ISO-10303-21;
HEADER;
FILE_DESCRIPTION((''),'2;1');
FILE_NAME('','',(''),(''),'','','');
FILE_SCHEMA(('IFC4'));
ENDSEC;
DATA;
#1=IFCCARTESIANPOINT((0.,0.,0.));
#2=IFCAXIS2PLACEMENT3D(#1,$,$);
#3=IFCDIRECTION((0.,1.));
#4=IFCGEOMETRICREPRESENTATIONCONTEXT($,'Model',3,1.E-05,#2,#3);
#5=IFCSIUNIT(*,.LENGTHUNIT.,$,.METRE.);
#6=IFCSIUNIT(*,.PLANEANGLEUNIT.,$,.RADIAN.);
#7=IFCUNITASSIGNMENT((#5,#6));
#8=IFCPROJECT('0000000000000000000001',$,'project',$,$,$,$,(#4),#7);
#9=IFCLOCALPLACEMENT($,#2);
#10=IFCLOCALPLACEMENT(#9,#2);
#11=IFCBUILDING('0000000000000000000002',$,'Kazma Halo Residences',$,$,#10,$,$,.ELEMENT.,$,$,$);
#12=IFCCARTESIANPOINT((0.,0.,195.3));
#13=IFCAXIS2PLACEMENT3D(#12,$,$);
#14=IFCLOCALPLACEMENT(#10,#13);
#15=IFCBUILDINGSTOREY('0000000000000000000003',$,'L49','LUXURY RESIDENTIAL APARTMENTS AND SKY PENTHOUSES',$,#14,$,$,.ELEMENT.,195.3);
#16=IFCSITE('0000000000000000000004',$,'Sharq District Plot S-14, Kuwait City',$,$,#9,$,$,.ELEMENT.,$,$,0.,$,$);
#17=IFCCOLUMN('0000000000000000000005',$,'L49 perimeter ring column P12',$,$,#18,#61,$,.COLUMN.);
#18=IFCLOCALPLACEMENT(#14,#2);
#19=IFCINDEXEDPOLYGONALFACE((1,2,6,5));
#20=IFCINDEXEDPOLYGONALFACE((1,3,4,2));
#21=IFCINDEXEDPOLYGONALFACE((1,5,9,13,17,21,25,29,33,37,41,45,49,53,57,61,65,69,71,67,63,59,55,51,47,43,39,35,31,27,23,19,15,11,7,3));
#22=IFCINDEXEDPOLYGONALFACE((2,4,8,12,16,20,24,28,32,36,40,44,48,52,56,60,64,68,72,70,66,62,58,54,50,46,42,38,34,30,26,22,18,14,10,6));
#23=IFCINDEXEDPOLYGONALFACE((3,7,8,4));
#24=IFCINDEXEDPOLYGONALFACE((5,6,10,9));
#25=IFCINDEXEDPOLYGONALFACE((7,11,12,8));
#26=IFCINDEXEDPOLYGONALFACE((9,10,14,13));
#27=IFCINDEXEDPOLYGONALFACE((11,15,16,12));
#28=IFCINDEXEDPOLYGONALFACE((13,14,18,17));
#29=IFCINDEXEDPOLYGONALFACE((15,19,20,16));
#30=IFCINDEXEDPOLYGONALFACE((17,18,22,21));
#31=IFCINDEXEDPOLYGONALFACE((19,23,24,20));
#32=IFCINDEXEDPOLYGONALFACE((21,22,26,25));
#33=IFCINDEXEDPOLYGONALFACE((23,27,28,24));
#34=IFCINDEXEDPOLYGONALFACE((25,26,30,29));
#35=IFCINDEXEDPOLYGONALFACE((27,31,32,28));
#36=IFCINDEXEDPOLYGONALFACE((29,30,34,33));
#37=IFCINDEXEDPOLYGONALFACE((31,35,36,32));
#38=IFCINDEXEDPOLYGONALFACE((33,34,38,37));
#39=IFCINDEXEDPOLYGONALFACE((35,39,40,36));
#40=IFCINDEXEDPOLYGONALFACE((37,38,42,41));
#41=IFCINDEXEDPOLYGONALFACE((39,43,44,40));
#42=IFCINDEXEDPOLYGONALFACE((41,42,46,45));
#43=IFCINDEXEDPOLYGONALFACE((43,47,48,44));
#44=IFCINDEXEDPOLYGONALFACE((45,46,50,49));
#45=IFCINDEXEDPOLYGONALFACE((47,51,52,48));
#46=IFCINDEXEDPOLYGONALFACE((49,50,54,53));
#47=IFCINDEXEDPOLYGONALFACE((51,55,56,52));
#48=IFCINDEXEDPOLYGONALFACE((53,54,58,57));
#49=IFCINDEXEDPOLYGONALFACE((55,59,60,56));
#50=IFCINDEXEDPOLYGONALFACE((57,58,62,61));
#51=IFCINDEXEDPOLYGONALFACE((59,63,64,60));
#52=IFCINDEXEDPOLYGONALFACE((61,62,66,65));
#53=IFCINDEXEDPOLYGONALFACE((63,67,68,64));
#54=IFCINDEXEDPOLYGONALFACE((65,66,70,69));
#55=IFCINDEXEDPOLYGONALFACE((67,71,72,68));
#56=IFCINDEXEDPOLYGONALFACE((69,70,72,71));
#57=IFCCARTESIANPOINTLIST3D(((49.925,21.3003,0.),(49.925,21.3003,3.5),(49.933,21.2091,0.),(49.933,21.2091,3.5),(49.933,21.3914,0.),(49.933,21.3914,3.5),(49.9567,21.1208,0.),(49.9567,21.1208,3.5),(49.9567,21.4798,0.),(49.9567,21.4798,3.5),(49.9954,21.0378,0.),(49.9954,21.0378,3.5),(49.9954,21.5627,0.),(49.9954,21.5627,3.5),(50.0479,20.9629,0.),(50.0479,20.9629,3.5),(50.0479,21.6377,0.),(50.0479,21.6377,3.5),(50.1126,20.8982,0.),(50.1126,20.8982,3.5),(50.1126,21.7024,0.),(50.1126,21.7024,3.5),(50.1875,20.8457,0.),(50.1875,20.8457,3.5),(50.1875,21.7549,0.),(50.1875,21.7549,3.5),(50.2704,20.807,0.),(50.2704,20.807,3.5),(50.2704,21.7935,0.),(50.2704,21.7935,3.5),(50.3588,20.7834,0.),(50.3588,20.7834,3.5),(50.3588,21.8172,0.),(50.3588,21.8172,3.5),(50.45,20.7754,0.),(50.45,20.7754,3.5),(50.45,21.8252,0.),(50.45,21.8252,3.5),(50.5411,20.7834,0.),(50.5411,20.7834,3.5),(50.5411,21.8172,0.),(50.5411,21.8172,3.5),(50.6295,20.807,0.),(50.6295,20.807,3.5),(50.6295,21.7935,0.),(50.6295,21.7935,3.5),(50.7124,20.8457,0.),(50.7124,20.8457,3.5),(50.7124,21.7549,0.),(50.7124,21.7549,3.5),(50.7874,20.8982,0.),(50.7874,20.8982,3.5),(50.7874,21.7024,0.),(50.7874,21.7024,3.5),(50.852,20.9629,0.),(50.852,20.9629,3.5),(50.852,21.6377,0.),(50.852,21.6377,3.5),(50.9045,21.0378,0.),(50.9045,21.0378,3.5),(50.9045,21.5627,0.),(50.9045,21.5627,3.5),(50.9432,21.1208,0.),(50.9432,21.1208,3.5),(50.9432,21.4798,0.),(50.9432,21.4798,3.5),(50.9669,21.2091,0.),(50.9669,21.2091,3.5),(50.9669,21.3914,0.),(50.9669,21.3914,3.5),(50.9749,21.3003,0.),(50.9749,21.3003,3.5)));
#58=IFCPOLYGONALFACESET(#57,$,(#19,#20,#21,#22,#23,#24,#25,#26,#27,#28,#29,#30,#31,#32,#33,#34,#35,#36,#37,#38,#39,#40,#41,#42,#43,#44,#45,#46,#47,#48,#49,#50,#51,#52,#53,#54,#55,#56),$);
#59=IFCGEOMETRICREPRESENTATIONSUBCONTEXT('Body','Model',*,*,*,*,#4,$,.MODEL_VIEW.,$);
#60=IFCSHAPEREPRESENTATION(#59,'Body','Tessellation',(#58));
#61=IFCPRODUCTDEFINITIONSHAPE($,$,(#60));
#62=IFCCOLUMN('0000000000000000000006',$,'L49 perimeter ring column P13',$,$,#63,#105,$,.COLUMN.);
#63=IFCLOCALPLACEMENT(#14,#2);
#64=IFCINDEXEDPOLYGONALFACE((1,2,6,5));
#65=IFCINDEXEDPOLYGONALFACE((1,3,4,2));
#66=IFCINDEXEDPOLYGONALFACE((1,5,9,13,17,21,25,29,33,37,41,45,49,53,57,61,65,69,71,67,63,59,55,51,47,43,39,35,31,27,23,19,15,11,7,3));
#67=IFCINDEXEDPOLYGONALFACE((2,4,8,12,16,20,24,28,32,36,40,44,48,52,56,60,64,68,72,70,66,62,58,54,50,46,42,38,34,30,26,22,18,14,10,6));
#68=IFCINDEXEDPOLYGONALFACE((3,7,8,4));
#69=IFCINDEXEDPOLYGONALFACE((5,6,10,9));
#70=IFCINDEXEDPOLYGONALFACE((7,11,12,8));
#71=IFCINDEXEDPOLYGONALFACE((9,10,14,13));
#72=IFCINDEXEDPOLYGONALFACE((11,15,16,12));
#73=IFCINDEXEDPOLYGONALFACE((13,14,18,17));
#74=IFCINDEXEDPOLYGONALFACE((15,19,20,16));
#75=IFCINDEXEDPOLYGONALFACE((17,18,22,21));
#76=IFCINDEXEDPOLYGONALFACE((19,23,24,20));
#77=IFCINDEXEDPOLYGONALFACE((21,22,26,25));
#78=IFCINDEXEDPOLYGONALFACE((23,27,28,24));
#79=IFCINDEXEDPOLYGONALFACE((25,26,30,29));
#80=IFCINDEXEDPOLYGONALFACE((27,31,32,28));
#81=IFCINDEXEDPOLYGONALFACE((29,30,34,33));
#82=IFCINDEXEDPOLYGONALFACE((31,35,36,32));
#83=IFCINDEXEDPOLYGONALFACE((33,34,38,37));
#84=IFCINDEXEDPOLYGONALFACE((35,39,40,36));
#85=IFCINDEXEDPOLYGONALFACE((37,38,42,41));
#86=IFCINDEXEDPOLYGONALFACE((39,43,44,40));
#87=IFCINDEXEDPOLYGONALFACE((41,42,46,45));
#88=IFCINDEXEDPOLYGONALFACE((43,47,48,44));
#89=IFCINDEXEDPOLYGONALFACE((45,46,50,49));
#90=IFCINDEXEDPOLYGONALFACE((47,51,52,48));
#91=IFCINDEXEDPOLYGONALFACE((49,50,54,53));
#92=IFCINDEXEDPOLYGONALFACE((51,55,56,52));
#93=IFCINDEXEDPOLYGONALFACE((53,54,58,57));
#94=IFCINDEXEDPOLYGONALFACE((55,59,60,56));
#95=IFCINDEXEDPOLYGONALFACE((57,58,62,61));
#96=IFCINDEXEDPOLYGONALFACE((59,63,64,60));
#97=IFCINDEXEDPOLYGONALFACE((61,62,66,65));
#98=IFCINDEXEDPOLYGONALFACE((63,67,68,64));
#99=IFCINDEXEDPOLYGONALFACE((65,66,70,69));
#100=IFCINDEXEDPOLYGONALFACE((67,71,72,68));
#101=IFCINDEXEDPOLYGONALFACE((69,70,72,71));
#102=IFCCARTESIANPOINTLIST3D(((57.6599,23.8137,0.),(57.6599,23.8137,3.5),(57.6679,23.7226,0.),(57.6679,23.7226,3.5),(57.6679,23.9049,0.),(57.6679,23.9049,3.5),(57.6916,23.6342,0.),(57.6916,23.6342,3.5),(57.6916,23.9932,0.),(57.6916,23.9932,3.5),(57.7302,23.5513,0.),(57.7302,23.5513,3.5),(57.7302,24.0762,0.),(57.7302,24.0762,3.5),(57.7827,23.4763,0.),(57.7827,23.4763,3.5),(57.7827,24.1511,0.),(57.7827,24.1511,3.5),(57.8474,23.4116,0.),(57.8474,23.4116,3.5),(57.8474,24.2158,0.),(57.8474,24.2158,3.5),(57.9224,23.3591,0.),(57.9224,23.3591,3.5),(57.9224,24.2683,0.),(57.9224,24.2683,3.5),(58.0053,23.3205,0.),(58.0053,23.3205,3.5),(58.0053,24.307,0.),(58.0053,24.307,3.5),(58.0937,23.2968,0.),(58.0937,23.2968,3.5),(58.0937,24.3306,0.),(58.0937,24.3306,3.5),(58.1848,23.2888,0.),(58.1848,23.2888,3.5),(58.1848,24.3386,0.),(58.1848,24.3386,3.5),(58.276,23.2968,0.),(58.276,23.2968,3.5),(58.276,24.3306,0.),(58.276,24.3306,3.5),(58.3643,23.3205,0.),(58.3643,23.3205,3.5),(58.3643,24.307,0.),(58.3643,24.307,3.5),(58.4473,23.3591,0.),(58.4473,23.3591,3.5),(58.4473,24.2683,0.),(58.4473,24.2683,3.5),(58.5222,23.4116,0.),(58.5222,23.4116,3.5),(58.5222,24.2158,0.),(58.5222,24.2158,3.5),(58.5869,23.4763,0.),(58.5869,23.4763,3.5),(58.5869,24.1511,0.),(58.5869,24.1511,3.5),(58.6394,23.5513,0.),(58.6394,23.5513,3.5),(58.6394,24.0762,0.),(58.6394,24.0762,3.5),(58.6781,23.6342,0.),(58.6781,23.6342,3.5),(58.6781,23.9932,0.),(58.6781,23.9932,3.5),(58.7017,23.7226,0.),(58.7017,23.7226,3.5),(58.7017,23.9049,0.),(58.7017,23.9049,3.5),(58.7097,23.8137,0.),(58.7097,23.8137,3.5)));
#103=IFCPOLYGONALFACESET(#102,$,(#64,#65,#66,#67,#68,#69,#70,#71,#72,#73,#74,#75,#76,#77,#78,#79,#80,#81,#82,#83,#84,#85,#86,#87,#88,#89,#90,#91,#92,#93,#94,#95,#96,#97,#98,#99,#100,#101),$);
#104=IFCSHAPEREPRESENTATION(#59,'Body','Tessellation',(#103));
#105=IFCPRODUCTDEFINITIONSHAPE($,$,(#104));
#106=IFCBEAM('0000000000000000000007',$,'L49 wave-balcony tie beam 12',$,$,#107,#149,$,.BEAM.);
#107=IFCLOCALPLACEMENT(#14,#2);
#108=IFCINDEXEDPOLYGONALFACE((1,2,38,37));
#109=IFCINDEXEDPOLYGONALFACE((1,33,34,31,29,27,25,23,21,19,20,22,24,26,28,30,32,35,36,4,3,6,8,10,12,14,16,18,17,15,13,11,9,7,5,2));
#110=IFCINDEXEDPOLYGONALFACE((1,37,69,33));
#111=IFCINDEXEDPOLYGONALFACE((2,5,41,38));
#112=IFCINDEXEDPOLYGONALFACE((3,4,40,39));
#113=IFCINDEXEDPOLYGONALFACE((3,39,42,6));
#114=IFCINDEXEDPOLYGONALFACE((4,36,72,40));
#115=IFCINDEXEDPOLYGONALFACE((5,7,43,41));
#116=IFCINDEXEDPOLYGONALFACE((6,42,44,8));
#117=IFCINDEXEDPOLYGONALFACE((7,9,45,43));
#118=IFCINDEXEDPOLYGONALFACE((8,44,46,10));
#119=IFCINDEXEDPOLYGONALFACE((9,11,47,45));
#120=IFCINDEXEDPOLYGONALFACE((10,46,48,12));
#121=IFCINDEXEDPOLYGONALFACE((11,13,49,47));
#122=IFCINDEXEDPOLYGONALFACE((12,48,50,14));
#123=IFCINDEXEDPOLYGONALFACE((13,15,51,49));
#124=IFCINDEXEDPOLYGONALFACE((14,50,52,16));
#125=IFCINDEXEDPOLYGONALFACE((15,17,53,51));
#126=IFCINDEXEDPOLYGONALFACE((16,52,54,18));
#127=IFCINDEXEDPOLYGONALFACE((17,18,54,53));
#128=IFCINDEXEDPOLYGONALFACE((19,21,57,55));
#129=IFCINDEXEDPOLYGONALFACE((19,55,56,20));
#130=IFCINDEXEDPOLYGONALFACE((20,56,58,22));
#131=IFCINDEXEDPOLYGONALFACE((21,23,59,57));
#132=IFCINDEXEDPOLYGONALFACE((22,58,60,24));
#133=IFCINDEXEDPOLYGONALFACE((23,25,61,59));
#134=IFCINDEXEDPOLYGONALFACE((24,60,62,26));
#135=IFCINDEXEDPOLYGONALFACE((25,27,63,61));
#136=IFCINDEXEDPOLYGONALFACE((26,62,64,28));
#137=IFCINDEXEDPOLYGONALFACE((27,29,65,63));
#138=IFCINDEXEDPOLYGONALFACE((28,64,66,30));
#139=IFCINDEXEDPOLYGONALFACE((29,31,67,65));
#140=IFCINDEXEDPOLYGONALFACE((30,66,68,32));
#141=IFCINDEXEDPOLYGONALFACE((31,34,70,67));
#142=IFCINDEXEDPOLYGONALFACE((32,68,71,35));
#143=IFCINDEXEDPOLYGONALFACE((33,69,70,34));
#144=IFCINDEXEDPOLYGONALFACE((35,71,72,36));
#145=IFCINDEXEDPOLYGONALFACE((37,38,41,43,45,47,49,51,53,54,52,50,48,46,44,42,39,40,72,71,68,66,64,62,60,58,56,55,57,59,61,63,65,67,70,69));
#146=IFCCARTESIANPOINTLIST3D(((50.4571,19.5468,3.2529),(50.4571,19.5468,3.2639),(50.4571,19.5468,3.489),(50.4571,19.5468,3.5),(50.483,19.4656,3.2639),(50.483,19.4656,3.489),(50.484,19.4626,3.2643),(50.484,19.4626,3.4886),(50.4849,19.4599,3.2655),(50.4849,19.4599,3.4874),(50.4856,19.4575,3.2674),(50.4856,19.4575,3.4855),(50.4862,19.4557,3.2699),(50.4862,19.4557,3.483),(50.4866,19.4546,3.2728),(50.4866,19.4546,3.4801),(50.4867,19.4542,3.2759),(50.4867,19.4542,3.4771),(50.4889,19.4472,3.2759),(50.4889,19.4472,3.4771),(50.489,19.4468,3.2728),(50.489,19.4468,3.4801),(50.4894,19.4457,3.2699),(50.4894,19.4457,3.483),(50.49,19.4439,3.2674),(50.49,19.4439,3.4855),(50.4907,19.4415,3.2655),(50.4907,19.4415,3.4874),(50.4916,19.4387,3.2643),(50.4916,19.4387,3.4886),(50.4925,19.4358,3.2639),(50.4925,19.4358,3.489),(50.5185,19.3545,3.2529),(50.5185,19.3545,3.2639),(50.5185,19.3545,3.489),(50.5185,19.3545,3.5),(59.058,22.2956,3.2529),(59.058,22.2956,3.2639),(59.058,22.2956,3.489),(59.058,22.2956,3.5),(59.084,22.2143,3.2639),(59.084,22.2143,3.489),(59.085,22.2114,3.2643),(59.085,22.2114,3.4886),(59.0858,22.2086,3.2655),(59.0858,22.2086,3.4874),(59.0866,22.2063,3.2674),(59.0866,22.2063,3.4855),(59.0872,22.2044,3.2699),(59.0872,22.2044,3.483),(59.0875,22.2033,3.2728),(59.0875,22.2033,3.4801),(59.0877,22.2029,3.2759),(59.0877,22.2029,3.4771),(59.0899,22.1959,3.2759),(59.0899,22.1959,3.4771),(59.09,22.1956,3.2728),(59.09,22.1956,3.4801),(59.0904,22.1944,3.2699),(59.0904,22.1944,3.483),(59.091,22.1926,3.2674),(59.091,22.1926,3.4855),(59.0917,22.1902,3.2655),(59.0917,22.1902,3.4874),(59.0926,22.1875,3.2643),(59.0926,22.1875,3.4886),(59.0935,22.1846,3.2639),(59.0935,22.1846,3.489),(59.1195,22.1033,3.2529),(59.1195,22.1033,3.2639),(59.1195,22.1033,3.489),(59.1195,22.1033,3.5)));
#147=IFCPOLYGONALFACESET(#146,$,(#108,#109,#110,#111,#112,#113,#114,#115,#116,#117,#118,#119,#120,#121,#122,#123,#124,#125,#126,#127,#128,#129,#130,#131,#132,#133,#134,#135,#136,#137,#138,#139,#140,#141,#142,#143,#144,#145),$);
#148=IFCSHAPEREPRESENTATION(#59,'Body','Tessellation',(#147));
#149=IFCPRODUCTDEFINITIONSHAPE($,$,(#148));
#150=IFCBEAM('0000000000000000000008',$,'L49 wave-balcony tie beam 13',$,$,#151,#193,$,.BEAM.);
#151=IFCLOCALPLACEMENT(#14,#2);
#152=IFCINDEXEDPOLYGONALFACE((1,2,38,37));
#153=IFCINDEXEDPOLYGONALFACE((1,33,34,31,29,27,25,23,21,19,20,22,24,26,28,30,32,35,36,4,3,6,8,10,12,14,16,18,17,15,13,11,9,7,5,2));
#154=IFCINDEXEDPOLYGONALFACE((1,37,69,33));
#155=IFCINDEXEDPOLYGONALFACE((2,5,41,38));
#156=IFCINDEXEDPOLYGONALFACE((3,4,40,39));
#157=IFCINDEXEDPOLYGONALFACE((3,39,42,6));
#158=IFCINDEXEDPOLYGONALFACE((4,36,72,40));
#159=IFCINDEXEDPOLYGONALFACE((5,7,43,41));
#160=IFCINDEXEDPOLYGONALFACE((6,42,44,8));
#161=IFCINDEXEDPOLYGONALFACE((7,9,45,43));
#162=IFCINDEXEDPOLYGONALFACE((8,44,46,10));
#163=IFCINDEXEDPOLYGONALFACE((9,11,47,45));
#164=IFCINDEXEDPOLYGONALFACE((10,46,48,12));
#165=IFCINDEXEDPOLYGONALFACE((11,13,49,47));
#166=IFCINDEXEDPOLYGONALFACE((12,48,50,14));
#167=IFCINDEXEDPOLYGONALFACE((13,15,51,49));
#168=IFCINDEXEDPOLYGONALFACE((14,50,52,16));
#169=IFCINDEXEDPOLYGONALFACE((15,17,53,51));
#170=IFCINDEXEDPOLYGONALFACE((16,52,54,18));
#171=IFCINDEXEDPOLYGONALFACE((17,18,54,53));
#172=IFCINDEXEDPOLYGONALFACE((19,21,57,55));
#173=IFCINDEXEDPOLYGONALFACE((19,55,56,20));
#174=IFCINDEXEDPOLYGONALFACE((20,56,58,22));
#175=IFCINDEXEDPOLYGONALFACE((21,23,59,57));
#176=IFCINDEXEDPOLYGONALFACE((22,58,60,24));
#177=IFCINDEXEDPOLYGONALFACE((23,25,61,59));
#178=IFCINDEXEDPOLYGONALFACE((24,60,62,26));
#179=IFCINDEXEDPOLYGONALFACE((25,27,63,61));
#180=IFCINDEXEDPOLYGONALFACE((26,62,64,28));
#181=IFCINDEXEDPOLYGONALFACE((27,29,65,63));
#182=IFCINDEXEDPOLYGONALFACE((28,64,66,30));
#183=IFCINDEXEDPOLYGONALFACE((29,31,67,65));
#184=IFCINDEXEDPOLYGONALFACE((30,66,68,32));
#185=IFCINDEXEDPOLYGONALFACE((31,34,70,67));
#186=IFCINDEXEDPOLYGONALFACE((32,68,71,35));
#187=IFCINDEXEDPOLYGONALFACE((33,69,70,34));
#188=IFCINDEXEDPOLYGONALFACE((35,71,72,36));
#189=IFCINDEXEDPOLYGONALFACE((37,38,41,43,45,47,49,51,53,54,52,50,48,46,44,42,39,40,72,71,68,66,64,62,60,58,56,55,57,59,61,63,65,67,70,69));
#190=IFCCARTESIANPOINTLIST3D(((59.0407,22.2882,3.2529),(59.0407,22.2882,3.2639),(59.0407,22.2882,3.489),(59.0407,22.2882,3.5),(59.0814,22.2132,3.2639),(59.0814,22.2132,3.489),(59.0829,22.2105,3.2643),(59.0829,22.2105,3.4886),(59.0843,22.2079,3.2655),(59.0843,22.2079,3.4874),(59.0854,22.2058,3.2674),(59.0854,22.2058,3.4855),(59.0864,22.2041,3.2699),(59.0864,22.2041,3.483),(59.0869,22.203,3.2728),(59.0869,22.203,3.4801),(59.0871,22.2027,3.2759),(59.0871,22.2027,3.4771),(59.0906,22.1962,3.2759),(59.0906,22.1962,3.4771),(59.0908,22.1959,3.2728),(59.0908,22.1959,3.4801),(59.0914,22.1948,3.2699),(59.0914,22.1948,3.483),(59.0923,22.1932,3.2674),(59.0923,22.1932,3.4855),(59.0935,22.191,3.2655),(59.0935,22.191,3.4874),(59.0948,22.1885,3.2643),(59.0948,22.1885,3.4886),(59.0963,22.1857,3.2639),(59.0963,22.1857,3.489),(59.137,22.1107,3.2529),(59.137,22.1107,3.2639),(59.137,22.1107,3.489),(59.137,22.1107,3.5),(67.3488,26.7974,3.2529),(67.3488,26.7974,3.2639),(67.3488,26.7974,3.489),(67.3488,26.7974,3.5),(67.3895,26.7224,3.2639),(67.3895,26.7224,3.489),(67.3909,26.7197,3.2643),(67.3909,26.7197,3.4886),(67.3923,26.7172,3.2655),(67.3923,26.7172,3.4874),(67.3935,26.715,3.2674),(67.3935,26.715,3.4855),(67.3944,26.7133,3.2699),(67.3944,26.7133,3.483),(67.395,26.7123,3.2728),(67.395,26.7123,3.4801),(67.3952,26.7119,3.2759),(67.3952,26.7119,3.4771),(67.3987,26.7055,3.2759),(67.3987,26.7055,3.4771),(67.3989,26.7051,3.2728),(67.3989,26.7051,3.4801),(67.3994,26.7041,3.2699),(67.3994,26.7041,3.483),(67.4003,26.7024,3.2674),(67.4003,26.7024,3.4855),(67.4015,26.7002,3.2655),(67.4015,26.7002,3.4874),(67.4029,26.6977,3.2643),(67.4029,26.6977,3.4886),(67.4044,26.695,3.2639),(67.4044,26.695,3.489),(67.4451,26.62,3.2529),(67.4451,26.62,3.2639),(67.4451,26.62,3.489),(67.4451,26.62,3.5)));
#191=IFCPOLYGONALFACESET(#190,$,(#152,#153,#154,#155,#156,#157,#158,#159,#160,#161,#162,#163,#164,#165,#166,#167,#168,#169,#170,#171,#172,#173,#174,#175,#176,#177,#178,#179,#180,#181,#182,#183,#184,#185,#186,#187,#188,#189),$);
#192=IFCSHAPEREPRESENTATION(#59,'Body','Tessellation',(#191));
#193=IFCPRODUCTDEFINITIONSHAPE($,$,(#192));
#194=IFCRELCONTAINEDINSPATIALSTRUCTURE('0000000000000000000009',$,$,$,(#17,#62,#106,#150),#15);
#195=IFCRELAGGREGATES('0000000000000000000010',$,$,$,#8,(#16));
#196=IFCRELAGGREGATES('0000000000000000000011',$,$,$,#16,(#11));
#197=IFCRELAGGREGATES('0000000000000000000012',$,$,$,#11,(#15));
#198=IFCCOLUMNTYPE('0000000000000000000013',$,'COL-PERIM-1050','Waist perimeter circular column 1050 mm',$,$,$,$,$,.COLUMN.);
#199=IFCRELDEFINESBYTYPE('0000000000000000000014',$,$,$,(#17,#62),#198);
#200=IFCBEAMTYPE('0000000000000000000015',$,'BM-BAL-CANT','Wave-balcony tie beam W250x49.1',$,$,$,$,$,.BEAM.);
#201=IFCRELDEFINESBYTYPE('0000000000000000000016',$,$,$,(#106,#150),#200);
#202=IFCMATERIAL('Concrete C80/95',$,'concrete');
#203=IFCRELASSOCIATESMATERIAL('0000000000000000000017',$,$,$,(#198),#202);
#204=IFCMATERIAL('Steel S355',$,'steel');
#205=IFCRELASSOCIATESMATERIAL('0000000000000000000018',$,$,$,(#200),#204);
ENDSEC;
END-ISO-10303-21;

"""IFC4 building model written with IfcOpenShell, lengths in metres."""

from ifc_helpers import new_model, si_unit, direction, frame, origin, origin_2d, place, context, subcontext, project, spatial, circle, i_section, extrude, material, material_profile, profile_set, type_object, element, save


model = new_model("IFC4")

# Units and contexts
model_context = context("Model", 3, precision=1e-05, world=origin(), true_north=direction((0.0, 1.0)))
body_context = subcontext(model_context, "Body", "Model", "MODEL_VIEW")
ifc_project = project(units=[si_unit("LENGTHUNIT", "METRE"), si_unit("PLANEANGLEUNIT", "RADIAN")], contexts=[model_context])

# Site, building, storey
site_placement = place(None, origin())
site = spatial("IfcSite", under=ifc_project, at=site_placement, Name="Sharq District Plot S-14, Kuwait City", CompositionType="ELEMENT", RefElevation=0.0)
building_placement = place(site_placement, origin())
building = spatial("IfcBuilding", under=site, at=building_placement, Name="Kazma Halo Residences", CompositionType="ELEMENT")
storey_placement = place(building_placement, frame((0.0, 0.0, 195.3)))
storey = spatial("IfcBuildingStorey", under=building, at=storey_placement, Name="L49", Description="LUXURY RESIDENTIAL APARTMENTS AND SKY PENTHOUSES", CompositionType="ELEMENT", Elevation=195.3)

# Columns
ifc_material_1 = material(Name="Concrete C80/95", Category="concrete")
ifc_material_profile_1 = material_profile(ifc_material_1, circle(Radius=0.5249, at=origin_2d()), Name="CIRC1050")
ifc_profile_set_1 = profile_set([ifc_material_profile_1], Name="Concrete C80/95")
column_type = type_object("IfcColumnType", Name="COL-PERIM-1050", Description="Waist perimeter circular column 1050 mm", PredefinedType="COLUMN", material=ifc_profile_set_1)
for number, where, z_axis, x_axis, name in (
    (1, (50.45, 21.3003, 0.0), (0.0, 0.0, 1.0), (1.0, 0.0, 0.0), "L49 perimeter ring column P12"),
    (2, (58.1848, 23.8137, 0.0), (0.0, 0.0, 1.0), (1.0, 0.0, 0.0), "L49 perimeter ring column P13"),
):
    element("IfcColumn", number, at=place(storey_placement, frame(where, z_axis=z_axis, x_axis=x_axis)), inside=storey, type_object=column_type, Name=name, PredefinedType="COLUMN", context=body_context, shape_type="SweptSolid", body=[
        extrude(circle(Radius=0.5249, at=origin_2d()), origin(), (0.0, 0.0, 1.0), 3.5),
    ])

# Beams
ifc_material_2 = material(Name="Steel S355", Category="steel")
ifc_material_profile_2 = material_profile(ifc_material_2, i_section(OverallWidth=0.2019, OverallDepth=0.2471, WebThickness=0.0073, FlangeThickness=0.011, FilletRadius=0.012, at=origin_2d()), Name="W250x49.1")
ifc_profile_set_2 = profile_set([ifc_material_profile_2], Name="Steel S355")
beam_type_1 = type_object("IfcBeamType", Name="BM-BAL-CANT", Description="Wave-balcony tie beam W250x49.1", PredefinedType="BEAM", material=ifc_profile_set_2)
beam_1_placement = place(storey_placement, frame((50.4878, 19.4507, 3.3765), z_axis=(0.952539, 0.304418, 0.0), x_axis=(-0.304418, 0.952539, 0.0)))
element("IfcBeam", 3, at=beam_1_placement, inside=storey, type_object=beam_type_1, Name="L49 wave-balcony tie beam 12", PredefinedType="BEAM", context=body_context, shape_type="SweptSolid", body=[
    extrude(i_section(OverallWidth=0.2019, OverallDepth=0.2471, WebThickness=0.0073, FlangeThickness=0.011, FilletRadius=0.012, at=origin_2d()), origin(), (0.0, 0.0, 1.0), 9.0295),
])
beam_2_placement = place(storey_placement, frame((59.0889, 22.1995, 3.3765), z_axis=(0.878891, 0.477023, 0.0), x_axis=(-0.477023, 0.878891, 0.0)))
element("IfcBeam", 4, at=beam_2_placement, inside=storey, type_object=beam_type_1, Name="L49 wave-balcony tie beam 13", PredefinedType="BEAM", context=body_context, shape_type="SweptSolid", body=[
    extrude(i_section(OverallWidth=0.2019, OverallDepth=0.2471, WebThickness=0.0073, FlangeThickness=0.011, FilletRadius=0.012, at=origin_2d()), origin(), (0.0, 0.0, 1.0), 9.4529),
])

save(model, "model.ifc")
